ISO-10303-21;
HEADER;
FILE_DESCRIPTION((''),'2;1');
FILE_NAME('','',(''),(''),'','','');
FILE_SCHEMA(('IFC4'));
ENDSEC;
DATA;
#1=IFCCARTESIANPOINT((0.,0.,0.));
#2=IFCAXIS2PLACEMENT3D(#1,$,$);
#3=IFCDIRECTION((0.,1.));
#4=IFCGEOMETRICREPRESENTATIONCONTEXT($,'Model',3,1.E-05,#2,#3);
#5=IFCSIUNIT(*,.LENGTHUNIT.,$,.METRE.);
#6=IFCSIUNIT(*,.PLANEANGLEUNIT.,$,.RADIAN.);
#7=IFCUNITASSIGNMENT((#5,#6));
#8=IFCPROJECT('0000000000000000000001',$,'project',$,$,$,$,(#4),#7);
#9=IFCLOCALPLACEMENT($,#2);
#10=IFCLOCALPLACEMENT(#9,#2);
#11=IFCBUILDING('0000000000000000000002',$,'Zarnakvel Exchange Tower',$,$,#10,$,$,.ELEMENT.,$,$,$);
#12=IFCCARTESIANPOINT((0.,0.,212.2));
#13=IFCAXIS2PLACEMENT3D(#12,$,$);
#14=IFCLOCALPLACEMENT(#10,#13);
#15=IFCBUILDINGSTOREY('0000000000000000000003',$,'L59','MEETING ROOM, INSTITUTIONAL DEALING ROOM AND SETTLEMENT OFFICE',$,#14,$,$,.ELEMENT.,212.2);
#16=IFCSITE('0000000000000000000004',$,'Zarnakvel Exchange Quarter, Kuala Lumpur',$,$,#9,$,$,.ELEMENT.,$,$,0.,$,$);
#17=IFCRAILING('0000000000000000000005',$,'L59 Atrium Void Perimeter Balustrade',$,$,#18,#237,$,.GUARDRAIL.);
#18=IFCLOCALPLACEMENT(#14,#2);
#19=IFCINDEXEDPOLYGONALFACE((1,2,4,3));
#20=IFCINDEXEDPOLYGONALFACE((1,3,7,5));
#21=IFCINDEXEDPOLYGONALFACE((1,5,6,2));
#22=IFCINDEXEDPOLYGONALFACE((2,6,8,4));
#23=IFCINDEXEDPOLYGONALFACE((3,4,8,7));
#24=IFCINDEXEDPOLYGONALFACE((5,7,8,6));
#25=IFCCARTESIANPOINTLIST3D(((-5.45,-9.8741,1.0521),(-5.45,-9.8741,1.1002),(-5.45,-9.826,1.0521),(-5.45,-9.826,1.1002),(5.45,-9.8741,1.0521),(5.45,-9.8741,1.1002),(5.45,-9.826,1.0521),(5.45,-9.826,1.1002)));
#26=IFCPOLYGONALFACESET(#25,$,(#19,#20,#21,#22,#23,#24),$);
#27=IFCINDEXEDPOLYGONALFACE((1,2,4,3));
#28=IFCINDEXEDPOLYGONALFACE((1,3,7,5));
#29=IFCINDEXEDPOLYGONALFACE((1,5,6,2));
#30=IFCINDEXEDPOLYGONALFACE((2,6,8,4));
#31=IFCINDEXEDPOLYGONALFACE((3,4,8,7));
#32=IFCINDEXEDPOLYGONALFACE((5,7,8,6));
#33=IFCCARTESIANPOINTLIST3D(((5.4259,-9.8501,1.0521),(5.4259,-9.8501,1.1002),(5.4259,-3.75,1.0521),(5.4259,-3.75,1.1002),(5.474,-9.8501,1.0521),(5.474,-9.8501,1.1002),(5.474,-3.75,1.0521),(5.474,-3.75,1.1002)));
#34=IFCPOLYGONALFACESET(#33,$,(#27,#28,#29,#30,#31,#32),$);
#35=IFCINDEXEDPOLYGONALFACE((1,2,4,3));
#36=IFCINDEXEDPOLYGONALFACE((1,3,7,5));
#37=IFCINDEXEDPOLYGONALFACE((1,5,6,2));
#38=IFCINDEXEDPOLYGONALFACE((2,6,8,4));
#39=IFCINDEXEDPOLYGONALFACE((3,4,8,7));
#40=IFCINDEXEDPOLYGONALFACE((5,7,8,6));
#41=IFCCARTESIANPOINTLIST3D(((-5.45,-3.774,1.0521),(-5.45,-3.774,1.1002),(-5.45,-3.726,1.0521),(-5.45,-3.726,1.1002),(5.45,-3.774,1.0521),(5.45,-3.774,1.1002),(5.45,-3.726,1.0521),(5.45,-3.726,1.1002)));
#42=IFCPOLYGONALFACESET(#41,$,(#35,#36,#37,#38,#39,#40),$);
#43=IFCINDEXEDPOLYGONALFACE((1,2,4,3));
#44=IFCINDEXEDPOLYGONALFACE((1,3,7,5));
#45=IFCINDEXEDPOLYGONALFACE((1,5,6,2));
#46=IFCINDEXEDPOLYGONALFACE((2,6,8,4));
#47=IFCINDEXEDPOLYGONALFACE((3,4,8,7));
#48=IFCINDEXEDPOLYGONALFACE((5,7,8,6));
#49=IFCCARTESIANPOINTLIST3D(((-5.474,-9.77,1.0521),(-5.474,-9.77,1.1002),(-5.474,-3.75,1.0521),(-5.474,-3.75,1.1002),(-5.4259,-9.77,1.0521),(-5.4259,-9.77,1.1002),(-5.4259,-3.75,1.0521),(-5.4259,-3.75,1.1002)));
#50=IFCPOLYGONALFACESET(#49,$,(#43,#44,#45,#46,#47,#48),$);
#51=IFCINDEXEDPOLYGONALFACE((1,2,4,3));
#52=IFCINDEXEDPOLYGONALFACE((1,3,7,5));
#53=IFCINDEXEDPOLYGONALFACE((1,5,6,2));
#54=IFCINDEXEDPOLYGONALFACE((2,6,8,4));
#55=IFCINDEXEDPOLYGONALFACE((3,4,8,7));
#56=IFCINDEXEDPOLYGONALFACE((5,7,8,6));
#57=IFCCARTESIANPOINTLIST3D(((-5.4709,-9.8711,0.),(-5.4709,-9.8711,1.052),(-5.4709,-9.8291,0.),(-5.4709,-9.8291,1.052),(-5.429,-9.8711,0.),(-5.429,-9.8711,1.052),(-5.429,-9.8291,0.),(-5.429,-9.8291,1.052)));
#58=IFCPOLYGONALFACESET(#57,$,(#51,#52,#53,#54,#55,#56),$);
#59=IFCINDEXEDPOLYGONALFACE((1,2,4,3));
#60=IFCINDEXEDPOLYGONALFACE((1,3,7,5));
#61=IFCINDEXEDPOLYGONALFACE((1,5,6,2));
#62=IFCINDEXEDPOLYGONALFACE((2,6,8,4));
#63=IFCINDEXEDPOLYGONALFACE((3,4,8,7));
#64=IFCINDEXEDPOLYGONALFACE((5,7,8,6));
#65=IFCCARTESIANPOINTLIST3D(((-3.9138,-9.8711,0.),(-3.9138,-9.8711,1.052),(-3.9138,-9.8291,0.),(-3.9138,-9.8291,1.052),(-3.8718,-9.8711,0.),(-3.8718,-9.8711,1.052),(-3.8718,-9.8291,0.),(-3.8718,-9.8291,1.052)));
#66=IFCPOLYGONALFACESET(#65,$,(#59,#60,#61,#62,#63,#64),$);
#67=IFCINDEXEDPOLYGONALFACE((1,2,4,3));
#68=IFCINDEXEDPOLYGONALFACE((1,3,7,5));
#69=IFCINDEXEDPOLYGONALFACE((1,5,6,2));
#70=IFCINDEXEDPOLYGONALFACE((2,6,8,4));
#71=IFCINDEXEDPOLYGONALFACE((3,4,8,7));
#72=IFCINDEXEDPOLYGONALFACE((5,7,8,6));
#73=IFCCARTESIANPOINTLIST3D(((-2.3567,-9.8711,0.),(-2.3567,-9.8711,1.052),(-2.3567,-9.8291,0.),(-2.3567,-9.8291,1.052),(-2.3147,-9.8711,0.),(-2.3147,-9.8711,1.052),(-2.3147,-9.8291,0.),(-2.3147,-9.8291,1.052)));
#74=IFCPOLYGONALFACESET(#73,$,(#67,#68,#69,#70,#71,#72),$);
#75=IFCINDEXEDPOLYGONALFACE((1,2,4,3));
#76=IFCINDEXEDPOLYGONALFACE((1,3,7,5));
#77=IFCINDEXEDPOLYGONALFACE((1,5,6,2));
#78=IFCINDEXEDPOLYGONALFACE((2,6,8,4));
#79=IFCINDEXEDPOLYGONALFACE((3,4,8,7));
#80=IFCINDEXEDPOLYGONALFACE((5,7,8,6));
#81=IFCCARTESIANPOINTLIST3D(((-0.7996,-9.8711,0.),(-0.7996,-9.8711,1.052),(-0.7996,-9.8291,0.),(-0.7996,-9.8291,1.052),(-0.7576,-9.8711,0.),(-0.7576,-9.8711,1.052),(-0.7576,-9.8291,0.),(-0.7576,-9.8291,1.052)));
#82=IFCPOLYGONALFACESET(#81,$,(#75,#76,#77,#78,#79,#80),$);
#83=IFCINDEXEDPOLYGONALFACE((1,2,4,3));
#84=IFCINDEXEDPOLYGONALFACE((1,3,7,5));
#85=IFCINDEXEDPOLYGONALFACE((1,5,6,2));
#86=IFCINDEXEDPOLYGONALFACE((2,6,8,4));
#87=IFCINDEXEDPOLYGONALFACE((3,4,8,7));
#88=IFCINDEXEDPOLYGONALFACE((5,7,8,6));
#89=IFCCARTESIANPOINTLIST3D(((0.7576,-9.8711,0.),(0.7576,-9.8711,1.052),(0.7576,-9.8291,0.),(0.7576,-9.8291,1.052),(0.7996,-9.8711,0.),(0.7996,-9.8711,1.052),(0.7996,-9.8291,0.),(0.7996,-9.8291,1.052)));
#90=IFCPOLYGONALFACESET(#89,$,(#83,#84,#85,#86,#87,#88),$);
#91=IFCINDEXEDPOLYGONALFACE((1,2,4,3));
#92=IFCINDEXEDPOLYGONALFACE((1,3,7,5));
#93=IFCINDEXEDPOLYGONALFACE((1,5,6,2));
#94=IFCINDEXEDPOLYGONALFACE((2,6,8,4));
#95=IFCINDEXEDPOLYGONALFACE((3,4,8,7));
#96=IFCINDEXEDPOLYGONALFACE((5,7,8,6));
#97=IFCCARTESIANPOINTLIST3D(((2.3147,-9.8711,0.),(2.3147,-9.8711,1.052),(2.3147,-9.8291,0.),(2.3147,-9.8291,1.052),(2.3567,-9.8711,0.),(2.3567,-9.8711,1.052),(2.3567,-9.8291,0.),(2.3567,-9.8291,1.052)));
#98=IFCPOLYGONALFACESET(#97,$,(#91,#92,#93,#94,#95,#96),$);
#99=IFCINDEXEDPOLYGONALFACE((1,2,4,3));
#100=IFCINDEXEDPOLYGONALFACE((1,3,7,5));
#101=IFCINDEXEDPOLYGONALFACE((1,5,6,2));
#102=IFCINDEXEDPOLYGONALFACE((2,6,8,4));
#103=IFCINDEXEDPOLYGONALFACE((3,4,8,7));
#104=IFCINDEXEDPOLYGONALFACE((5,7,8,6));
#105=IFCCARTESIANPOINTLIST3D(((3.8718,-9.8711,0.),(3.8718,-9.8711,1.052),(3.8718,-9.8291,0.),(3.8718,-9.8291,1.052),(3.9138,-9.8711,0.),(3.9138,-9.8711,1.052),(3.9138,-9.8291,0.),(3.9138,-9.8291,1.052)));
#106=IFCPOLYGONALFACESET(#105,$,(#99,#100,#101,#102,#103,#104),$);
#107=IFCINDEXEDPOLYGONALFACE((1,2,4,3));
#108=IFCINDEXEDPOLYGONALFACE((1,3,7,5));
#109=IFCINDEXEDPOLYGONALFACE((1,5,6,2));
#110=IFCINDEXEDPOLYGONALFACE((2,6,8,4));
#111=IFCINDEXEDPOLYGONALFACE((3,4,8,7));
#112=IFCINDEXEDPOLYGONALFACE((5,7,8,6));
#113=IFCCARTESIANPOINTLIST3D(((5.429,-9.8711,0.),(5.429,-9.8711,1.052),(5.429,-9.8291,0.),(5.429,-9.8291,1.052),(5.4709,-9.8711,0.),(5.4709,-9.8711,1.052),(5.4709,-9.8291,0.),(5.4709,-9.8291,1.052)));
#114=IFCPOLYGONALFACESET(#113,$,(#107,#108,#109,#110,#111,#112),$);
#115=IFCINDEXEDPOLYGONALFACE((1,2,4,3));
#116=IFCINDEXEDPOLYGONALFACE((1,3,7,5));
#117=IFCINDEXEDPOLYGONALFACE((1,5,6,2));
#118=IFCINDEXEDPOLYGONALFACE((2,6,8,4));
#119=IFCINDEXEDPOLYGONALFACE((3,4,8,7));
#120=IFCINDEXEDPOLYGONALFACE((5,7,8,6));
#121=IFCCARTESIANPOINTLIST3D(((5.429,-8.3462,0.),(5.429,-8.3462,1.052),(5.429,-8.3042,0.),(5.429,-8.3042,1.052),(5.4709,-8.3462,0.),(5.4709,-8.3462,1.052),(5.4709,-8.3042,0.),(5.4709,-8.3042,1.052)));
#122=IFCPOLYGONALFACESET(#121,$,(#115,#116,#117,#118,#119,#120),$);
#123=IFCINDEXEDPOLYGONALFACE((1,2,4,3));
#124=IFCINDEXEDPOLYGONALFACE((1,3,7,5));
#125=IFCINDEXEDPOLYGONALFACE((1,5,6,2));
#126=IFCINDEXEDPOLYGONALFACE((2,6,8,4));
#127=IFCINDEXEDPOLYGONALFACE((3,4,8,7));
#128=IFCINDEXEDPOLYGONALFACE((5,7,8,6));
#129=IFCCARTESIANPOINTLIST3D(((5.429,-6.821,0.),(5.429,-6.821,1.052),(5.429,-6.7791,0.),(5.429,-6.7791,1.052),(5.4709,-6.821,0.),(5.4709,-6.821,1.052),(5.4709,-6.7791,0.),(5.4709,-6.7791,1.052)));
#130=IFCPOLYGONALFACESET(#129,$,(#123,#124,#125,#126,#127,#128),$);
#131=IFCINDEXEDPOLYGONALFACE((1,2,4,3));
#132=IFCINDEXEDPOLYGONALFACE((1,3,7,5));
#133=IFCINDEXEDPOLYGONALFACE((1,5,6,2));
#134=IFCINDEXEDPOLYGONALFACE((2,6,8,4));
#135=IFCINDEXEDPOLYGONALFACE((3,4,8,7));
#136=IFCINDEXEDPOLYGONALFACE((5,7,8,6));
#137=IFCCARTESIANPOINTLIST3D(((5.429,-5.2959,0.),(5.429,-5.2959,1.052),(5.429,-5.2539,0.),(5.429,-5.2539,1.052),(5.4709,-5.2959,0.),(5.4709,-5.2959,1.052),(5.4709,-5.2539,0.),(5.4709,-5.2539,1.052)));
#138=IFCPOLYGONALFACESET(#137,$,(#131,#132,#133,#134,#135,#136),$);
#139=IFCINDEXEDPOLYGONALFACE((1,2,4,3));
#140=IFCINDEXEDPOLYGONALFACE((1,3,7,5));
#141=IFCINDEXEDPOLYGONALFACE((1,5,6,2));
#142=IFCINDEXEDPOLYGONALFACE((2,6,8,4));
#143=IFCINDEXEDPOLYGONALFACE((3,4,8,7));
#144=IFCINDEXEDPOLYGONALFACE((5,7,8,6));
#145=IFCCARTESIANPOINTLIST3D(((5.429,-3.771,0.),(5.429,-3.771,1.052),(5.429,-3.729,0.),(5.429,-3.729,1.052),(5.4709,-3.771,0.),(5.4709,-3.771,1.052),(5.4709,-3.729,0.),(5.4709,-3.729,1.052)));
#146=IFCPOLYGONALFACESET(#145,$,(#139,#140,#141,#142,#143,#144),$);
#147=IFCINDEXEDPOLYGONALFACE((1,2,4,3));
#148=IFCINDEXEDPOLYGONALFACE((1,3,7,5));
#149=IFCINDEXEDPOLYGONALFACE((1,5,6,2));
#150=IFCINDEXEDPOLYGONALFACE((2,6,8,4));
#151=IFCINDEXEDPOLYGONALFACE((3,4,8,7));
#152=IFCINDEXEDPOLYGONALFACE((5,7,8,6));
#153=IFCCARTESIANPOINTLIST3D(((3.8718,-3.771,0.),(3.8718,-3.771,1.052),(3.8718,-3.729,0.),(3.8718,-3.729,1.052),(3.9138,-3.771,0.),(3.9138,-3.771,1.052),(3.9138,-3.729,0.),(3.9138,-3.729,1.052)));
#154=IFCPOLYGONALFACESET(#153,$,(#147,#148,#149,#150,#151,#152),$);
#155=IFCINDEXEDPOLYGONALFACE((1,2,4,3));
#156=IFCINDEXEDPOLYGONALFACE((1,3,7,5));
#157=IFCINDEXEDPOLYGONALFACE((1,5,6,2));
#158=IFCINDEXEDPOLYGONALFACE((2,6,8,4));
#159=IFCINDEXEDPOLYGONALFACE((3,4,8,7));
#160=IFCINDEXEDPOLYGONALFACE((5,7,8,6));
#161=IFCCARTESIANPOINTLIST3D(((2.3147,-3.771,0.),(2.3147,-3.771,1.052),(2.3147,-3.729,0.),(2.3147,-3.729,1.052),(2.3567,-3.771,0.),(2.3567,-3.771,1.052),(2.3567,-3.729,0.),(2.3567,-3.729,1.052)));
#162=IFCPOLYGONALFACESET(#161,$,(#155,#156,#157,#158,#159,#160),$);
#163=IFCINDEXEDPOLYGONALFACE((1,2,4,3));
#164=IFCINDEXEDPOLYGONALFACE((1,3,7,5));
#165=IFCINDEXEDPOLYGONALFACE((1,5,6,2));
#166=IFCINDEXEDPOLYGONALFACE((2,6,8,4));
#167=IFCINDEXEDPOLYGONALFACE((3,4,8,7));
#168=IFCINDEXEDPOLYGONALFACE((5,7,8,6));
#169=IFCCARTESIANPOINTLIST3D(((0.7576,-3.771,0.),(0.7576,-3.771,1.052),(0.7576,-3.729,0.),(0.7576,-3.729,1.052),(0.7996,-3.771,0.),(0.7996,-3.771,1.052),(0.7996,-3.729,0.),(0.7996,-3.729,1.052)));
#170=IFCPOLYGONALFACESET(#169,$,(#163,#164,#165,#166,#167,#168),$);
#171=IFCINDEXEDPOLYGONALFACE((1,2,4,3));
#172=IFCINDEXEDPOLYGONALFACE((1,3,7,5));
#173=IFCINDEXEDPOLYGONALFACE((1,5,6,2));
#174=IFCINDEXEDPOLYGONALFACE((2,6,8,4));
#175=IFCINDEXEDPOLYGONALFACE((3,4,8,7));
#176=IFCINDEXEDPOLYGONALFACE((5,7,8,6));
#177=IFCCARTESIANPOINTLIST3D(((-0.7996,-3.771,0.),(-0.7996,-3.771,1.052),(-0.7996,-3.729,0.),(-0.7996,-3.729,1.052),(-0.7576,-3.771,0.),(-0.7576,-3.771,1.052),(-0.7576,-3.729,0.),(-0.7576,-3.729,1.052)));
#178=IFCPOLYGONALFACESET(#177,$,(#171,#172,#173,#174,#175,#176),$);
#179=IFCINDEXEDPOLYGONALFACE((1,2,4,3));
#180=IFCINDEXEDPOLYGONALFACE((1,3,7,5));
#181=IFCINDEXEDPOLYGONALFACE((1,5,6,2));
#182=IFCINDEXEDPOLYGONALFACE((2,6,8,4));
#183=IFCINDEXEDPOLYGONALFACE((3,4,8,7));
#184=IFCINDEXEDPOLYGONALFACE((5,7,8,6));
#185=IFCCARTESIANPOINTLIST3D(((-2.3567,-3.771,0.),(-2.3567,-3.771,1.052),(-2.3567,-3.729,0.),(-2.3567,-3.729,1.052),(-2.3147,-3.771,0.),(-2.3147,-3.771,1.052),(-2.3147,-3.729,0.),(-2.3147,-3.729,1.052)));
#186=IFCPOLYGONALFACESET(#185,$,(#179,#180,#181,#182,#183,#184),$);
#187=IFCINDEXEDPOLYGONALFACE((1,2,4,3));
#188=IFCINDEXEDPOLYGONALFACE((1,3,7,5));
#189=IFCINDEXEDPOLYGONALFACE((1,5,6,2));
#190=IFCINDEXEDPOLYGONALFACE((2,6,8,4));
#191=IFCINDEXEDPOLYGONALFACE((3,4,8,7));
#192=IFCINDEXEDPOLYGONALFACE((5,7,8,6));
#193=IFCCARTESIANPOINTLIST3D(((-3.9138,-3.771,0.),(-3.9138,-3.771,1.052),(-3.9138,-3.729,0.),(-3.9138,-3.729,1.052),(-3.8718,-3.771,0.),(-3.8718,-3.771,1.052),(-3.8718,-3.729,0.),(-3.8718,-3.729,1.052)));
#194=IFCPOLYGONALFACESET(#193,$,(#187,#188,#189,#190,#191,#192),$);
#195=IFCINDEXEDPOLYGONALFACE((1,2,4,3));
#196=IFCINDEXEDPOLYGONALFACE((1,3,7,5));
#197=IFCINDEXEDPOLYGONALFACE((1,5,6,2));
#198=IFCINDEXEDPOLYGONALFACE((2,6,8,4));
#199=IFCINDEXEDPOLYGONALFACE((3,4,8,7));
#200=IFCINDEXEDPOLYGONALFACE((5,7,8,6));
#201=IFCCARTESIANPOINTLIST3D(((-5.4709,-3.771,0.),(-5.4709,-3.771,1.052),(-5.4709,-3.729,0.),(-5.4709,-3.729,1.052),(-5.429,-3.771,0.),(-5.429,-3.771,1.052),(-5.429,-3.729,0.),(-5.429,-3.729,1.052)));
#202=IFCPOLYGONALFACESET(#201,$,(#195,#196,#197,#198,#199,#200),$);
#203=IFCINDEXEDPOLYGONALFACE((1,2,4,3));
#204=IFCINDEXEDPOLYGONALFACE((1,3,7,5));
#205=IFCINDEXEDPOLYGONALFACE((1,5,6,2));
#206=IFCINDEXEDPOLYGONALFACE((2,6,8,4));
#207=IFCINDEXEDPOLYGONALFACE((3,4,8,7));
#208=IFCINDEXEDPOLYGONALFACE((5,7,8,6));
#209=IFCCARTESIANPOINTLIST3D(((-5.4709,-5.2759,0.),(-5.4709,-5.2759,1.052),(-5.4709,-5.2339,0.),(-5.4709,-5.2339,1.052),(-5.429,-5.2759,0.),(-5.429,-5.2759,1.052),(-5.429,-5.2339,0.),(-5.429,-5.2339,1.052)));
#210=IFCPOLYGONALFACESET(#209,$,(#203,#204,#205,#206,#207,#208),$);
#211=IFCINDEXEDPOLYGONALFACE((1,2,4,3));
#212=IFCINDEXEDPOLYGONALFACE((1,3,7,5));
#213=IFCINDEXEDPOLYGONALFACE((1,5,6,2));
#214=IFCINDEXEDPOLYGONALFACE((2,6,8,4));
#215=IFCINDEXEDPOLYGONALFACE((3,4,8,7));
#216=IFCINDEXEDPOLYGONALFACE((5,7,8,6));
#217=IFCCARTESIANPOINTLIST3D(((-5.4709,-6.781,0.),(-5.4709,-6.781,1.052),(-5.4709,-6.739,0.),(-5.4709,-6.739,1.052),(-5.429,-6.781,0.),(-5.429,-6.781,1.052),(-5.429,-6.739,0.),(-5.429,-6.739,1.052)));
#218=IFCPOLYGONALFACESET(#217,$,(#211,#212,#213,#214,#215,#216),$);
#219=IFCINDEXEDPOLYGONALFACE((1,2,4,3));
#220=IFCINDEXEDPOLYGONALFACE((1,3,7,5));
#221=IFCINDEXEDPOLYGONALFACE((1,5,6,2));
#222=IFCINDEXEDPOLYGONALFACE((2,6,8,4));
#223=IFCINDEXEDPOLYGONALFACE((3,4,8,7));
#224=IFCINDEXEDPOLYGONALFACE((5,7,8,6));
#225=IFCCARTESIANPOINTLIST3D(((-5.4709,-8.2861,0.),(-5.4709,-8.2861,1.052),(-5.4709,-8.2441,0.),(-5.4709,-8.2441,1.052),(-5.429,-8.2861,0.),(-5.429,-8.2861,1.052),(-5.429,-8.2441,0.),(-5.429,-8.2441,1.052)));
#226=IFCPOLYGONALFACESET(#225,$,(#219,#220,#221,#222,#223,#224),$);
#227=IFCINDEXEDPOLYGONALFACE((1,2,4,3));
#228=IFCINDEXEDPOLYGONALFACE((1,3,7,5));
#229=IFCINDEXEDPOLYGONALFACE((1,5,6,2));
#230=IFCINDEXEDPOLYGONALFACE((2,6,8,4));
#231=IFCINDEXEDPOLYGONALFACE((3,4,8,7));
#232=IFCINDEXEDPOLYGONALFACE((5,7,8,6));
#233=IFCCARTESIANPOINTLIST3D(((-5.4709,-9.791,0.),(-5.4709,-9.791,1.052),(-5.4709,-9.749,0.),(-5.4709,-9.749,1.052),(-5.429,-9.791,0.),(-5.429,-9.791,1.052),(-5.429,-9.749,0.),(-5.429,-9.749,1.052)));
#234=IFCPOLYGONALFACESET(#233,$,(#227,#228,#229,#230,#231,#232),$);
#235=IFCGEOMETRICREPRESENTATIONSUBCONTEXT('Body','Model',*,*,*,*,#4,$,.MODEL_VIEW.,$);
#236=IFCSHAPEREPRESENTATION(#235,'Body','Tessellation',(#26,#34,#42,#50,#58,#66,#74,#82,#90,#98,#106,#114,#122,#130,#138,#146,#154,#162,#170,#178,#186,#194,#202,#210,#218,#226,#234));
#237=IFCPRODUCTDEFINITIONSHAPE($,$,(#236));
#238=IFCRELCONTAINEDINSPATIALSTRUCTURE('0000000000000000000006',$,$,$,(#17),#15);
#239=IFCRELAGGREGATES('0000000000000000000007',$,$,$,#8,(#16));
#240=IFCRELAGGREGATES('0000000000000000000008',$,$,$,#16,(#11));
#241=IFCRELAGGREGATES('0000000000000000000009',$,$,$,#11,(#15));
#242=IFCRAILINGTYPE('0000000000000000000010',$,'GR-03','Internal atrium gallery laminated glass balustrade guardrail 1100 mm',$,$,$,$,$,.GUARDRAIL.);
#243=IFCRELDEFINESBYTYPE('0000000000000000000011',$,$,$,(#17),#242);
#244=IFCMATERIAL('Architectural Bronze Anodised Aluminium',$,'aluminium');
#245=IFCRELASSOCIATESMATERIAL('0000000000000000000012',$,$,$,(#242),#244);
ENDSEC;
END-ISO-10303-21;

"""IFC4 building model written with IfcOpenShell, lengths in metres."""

from ifc_helpers import new_model, si_unit, direction, frame, origin, origin_2d, place, context, subcontext, project, spatial, rectangle, extrude, material, type_object, element, save


model = new_model("IFC4")

# Units and contexts
model_context = context("Model", 3, precision=1e-05, world=origin(), true_north=direction((0.0, 1.0)))
body_context = subcontext(model_context, "Body", "Model", "MODEL_VIEW")
ifc_project = project(units=[si_unit("LENGTHUNIT", "METRE"), si_unit("PLANEANGLEUNIT", "RADIAN")], contexts=[model_context])

# Site, building, storey
site_placement = place(None, origin())
site = spatial("IfcSite", under=ifc_project, at=site_placement, Name="Zarnakvel Exchange Quarter, Kuala Lumpur", CompositionType="ELEMENT", RefElevation=0.0)
building_placement = place(site_placement, origin())
building = spatial("IfcBuilding", under=site, at=building_placement, Name="Zarnakvel Exchange Tower", CompositionType="ELEMENT")
storey_placement = place(building_placement, frame((0.0, 0.0, 212.2)))
storey = spatial("IfcBuildingStorey", under=building, at=storey_placement, Name="L59", Description="MEETING ROOM, INSTITUTIONAL DEALING ROOM AND SETTLEMENT OFFICE", CompositionType="ELEMENT", Elevation=212.2)

# Shared definitions
ifc_material_1 = material(Name="Architectural Bronze Anodised Aluminium", Category="aluminium")

# Railing
railing_type_1 = type_object("IfcRailingType", Name="GR-03", Description="Internal atrium gallery laminated glass balustrade guardrail 1100 mm", PredefinedType="GUARDRAIL", material=ifc_material_1)
railing_1_placement = place(storey_placement, frame((-5.45, -9.8501, 0.0)))
element("IfcRailing", 1, at=railing_1_placement, inside=storey, type_object=railing_type_1, Name="L59 Atrium Void Perimeter Balustrade", PredefinedType="GUARDRAIL", context=body_context, shape_type="SweptSolid", body=[
    extrude(rectangle(XDim=0.0481, YDim=0.0481, at=origin_2d()), frame((0.0, 0.0, 1.0762), z_axis=(1.0, 0.0, 0.0), x_axis=(0.0, 1.0, 0.0)), (0.0, 0.0, 1.0), 10.8999),
    extrude(rectangle(XDim=0.0481, YDim=0.0481, at=origin_2d()), frame((10.8999, 0.0, 1.0762), z_axis=(0.0, 1.0, 0.0), x_axis=(-1.0, 0.0, 0.0)), (0.0, 0.0, 1.0), 6.1001),
    extrude(rectangle(XDim=0.0481, YDim=0.0481, at=origin_2d()), frame((10.8999, 6.1001, 1.0762), z_axis=(-1.0, 0.0, 0.0), x_axis=(0.0, -1.0, 0.0)), (0.0, 0.0, 1.0), 10.8999),
    extrude(rectangle(XDim=0.0481, YDim=0.0481, at=origin_2d()), frame((0.0, 6.1001, 1.0762), z_axis=(0.0, -1.0, 0.0), x_axis=(1.0, 0.0, 0.0)), (0.0, 0.0, 1.0), 6.02),
    extrude(rectangle(XDim=0.042, YDim=0.042, at=origin_2d()), origin(), (0.0, 0.0, 1.0), 1.052),
    extrude(rectangle(XDim=0.042, YDim=0.042, at=origin_2d()), frame((1.5571, 0.0, 0.0)), (0.0, 0.0, 1.0), 1.052),
    extrude(rectangle(XDim=0.042, YDim=0.042, at=origin_2d()), frame((3.1143, 0.0, 0.0)), (0.0, 0.0, 1.0), 1.052),
    extrude(rectangle(XDim=0.042, YDim=0.042, at=origin_2d()), frame((4.6714, 0.0, 0.0)), (0.0, 0.0, 1.0), 1.052),
    extrude(rectangle(XDim=0.042, YDim=0.042, at=origin_2d()), frame((6.2285, 0.0, 0.0)), (0.0, 0.0, 1.0), 1.052),
    extrude(rectangle(XDim=0.042, YDim=0.042, at=origin_2d()), frame((7.7856, 0.0, 0.0)), (0.0, 0.0, 1.0), 1.052),
    extrude(rectangle(XDim=0.042, YDim=0.042, at=origin_2d()), frame((9.3428, 0.0, 0.0)), (0.0, 0.0, 1.0), 1.052),
    extrude(rectangle(XDim=0.042, YDim=0.042, at=origin_2d()), frame((10.8999, 0.0, 0.0)), (0.0, 0.0, 1.0), 1.052),
    extrude(rectangle(XDim=0.042, YDim=0.042, at=origin_2d()), frame((10.8999, 1.5249, 0.0)), (0.0, 0.0, 1.0), 1.052),
    extrude(rectangle(XDim=0.042, YDim=0.042, at=origin_2d()), frame((10.8999, 3.05, 0.0)), (0.0, 0.0, 1.0), 1.052),
    extrude(rectangle(XDim=0.042, YDim=0.042, at=origin_2d()), frame((10.8999, 4.5752, 0.0)), (0.0, 0.0, 1.0), 1.052),
    extrude(rectangle(XDim=0.042, YDim=0.042, at=origin_2d()), frame((10.8999, 6.1001, 0.0)), (0.0, 0.0, 1.0), 1.052),
    extrude(rectangle(XDim=0.042, YDim=0.042, at=origin_2d()), frame((9.3428, 6.1001, 0.0)), (0.0, 0.0, 1.0), 1.052),
    extrude(rectangle(XDim=0.042, YDim=0.042, at=origin_2d()), frame((7.7856, 6.1001, 0.0)), (0.0, 0.0, 1.0), 1.052),
    extrude(rectangle(XDim=0.042, YDim=0.042, at=origin_2d()), frame((6.2285, 6.1001, 0.0)), (0.0, 0.0, 1.0), 1.052),
    extrude(rectangle(XDim=0.042, YDim=0.042, at=origin_2d()), frame((4.6714, 6.1001, 0.0)), (0.0, 0.0, 1.0), 1.052),
    extrude(rectangle(XDim=0.042, YDim=0.042, at=origin_2d()), frame((3.1143, 6.1001, 0.0)), (0.0, 0.0, 1.0), 1.052),
    extrude(rectangle(XDim=0.042, YDim=0.042, at=origin_2d()), frame((1.5571, 6.1001, 0.0)), (0.0, 0.0, 1.0), 1.052),
    extrude(rectangle(XDim=0.042, YDim=0.042, at=origin_2d()), frame((0.0, 6.1001, 0.0)), (0.0, 0.0, 1.0), 1.052),
    extrude(rectangle(XDim=0.042, YDim=0.042, at=origin_2d()), frame((0.0, 4.5952, 0.0)), (0.0, 0.0, 1.0), 1.052),
    extrude(rectangle(XDim=0.042, YDim=0.042, at=origin_2d()), frame((0.0, 3.0901, 0.0)), (0.0, 0.0, 1.0), 1.052),
    extrude(rectangle(XDim=0.042, YDim=0.042, at=origin_2d()), frame((0.0, 1.585, 0.0)), (0.0, 0.0, 1.0), 1.052),
    extrude(rectangle(XDim=0.042, YDim=0.042, at=origin_2d()), frame((0.0, 0.0801, 0.0)), (0.0, 0.0, 1.0), 1.052),
])

save(model, "model.ifc")
